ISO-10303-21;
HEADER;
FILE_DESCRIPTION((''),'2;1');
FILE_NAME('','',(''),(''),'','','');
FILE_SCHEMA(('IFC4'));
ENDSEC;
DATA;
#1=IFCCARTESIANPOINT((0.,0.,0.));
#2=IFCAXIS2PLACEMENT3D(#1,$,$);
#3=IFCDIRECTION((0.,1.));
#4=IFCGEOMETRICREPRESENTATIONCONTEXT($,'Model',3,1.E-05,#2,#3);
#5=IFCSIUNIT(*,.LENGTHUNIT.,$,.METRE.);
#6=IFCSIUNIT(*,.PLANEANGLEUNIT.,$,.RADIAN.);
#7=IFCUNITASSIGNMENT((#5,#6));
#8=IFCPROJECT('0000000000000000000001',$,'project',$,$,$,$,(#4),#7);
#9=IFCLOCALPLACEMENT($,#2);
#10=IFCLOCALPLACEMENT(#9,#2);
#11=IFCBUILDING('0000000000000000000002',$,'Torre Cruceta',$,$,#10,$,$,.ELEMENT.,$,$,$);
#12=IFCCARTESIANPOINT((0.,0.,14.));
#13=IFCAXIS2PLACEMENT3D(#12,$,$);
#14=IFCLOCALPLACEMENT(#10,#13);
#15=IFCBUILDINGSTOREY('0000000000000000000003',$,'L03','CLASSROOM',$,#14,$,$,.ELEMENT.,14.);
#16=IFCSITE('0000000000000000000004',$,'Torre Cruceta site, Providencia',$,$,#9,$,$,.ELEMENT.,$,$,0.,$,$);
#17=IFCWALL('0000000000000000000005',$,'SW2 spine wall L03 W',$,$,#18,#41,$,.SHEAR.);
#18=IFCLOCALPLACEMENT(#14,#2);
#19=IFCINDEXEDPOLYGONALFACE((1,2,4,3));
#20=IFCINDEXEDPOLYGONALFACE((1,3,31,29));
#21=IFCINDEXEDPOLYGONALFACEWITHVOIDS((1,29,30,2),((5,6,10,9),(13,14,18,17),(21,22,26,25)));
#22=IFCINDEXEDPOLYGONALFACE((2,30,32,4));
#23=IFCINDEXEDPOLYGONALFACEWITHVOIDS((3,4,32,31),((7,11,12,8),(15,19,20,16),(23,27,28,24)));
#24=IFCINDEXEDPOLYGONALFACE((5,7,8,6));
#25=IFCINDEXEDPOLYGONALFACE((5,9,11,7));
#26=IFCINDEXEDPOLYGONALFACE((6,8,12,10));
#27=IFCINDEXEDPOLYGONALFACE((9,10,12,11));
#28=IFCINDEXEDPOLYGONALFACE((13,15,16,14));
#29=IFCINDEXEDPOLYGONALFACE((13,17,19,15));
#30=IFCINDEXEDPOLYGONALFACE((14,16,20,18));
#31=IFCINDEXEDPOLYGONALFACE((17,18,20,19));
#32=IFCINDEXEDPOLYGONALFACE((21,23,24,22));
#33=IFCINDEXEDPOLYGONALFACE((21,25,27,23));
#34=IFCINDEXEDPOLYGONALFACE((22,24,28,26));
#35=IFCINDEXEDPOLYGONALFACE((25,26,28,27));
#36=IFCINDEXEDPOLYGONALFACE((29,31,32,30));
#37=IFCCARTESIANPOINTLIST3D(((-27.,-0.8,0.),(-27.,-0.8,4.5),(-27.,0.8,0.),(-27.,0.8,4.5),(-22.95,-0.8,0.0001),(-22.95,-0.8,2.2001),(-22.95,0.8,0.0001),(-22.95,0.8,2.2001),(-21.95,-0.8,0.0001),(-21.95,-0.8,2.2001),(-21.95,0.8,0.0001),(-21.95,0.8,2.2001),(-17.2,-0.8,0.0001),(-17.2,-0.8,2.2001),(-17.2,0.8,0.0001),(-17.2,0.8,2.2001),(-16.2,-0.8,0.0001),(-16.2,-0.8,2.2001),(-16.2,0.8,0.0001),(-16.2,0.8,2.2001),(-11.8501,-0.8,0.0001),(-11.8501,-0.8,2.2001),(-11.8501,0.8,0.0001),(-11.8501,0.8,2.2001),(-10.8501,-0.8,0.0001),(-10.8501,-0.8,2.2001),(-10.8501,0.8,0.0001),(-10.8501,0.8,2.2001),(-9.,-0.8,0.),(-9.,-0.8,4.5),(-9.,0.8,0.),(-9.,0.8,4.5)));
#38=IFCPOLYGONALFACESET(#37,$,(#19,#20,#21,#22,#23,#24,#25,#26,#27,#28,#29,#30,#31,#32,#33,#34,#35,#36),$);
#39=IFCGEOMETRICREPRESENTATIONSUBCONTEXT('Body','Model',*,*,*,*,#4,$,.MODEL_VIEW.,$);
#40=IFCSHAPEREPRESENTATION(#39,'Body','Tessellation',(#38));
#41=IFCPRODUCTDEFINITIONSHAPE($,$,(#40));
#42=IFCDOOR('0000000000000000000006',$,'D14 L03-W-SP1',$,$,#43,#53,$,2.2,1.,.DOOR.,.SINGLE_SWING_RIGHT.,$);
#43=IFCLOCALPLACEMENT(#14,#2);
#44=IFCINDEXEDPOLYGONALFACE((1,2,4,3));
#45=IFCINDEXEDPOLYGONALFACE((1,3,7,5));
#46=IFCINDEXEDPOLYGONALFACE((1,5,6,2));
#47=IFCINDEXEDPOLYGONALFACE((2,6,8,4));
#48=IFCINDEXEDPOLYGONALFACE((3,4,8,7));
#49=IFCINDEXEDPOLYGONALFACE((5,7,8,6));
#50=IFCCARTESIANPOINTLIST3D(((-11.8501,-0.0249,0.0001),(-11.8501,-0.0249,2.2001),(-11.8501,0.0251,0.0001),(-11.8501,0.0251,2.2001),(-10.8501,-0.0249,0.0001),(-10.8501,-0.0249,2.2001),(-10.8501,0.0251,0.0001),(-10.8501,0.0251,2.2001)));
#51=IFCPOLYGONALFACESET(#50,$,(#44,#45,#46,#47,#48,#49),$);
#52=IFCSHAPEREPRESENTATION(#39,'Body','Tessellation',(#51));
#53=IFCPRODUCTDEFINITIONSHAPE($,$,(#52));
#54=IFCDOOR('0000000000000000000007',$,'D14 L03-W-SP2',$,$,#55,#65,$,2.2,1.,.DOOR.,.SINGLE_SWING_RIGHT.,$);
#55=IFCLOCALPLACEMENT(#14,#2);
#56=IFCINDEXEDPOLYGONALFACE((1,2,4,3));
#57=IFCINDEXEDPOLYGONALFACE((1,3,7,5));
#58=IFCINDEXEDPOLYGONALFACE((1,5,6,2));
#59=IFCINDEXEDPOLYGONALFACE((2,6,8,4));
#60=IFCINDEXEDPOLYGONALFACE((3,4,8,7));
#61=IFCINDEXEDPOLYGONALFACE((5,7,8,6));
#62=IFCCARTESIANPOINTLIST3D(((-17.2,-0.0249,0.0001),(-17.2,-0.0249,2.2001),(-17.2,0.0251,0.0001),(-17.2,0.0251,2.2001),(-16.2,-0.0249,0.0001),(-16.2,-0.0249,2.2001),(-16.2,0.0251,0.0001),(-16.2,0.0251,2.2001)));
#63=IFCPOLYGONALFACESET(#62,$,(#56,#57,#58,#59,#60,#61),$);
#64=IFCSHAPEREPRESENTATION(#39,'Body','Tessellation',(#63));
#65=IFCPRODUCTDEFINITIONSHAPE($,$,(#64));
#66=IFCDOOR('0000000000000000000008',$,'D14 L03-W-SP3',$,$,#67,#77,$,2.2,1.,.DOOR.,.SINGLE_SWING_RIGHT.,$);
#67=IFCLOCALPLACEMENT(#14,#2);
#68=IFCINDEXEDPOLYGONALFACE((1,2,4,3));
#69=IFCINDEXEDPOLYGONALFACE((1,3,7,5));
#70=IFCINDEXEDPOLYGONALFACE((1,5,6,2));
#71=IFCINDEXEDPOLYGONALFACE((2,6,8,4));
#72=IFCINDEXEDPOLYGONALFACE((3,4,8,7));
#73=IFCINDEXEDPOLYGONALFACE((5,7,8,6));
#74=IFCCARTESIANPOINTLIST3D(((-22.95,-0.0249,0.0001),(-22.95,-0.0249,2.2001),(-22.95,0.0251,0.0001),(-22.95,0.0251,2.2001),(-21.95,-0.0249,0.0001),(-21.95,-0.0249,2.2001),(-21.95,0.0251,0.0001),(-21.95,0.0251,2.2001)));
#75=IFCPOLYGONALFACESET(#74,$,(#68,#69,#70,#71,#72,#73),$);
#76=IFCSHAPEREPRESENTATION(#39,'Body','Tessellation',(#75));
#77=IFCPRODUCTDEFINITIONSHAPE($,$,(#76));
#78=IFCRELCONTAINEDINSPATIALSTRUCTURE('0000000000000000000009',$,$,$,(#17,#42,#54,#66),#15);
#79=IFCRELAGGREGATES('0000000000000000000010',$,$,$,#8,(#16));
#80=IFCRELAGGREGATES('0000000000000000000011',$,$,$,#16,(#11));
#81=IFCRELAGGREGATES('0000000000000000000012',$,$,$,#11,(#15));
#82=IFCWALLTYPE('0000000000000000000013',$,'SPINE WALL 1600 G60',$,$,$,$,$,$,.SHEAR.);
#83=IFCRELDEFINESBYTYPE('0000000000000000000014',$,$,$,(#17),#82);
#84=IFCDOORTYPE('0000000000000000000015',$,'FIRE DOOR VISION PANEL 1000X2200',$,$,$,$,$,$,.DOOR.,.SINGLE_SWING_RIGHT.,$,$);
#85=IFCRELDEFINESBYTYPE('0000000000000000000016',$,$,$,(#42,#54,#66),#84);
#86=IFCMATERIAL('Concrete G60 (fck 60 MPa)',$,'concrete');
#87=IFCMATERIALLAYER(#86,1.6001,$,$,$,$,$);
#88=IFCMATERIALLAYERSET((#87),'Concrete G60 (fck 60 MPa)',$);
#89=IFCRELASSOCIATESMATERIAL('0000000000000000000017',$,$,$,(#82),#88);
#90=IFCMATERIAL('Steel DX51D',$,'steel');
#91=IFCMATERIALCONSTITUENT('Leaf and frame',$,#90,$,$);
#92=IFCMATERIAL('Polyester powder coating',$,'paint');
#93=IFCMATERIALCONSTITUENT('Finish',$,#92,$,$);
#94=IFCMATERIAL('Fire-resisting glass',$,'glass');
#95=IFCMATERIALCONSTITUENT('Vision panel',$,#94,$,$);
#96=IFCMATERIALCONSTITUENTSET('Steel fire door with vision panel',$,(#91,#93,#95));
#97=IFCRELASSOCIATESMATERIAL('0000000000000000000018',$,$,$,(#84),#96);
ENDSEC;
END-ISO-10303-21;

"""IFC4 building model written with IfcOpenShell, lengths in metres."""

from ifc_helpers import new_model, si_unit, direction, frame, frame_2d, origin, place, context, subcontext, project, spatial, rectangle, extrude, material, layer, layer_set, constituent, constituent_set, type_object, element, fill, save


model = new_model("IFC4")

# Units and contexts
model_context = context("Model", 3, precision=1e-05, world=origin(), true_north=direction((0.0, 1.0)))
body_context = subcontext(model_context, "Body", "Model", "MODEL_VIEW")
ifc_project = project(units=[si_unit("LENGTHUNIT", "METRE"), si_unit("PLANEANGLEUNIT", "RADIAN")], contexts=[model_context])

# Site, building, storey
site_placement = place(None, origin())
site = spatial("IfcSite", under=ifc_project, at=site_placement, Name="Torre Cruceta site, Providencia", CompositionType="ELEMENT", RefElevation=0.0)
building_placement = place(site_placement, origin())
building = spatial("IfcBuilding", under=site, at=building_placement, Name="Torre Cruceta", CompositionType="ELEMENT")
storey_placement = place(building_placement, frame((0.0, 0.0, 14.0)))
storey = spatial("IfcBuildingStorey", under=building, at=storey_placement, Name="L03", Description="CLASSROOM", CompositionType="ELEMENT", Elevation=14.0)

# Wall, openings, doors
ifc_material_1 = material(Name="Concrete G60 (fck 60 MPa)", Category="concrete")
ifc_layer_1 = layer(ifc_material_1, 1.6001)
ifc_layer_set_1 = layer_set([ifc_layer_1], Name="Concrete G60 (fck 60 MPa)")
wall_type_1 = type_object("IfcWallType", Name="SPINE WALL 1600 G60", PredefinedType="SHEAR", material=ifc_layer_set_1)
wall_1_placement = place(storey_placement, frame((-9.0, 0.0, 0.0), z_axis=(0.0, 0.0, 1.0), x_axis=(-1.0, 0.0, 0.0)))
wall_1 = element("IfcWall", 1, at=wall_1_placement, inside=storey, type_object=wall_type_1, Name="SW2 spine wall L03 W", PredefinedType="SHEAR", context=body_context, shape_type="SweptSolid", body=[
    extrude(rectangle(XDim=18.0, YDim=1.6001, at=frame_2d((9.0, 0.0))), origin(), (0.0, 0.0, 1.0), 4.5),
])
opening_1_placement = place(wall_1_placement, frame((1.8501, 0.0, 0.0)))
opening_1 = element("IfcOpeningElement", 2, at=opening_1_placement, cuts=wall_1, PredefinedType="OPENING", context=body_context, shape_type="SweptSolid", body=[
    extrude(rectangle(XDim=1.0, YDim=2.2, at=frame_2d((0.5, 1.1001))), frame((0.0, 0.8101, 0.0), z_axis=(0.0, -1.0, 0.0), x_axis=(1.0, 0.0, 0.0)), (0.0, 0.0, 1.0), 1.6201),
])
opening_2_placement = place(wall_1_placement, frame((7.2, 0.0, 0.0)))
opening_2 = element("IfcOpeningElement", 3, at=opening_2_placement, cuts=wall_1, PredefinedType="OPENING", context=body_context, shape_type="SweptSolid", body=[
    extrude(rectangle(XDim=1.0, YDim=2.2, at=frame_2d((0.5, 1.1001))), frame((0.0, 0.8101, 0.0), z_axis=(0.0, -1.0, 0.0), x_axis=(1.0, 0.0, 0.0)), (0.0, 0.0, 1.0), 1.6201),
])
opening_3_placement = place(wall_1_placement, frame((12.95, 0.0, 0.0)))
opening_3 = element("IfcOpeningElement", 4, at=opening_3_placement, cuts=wall_1, PredefinedType="OPENING", context=body_context, shape_type="SweptSolid", body=[
    extrude(rectangle(XDim=1.0, YDim=2.2, at=frame_2d((0.5, 1.1001))), frame((0.0, 0.8101, 0.0), z_axis=(0.0, -1.0, 0.0), x_axis=(1.0, 0.0, 0.0)), (0.0, 0.0, 1.0), 1.6201),
])
ifc_material_2 = material(Name="Steel DX51D", Category="steel")
ifc_constituent_1 = constituent(ifc_material_2, Name="Leaf and frame")
ifc_material_3 = material(Name="Polyester powder coating", Category="paint")
ifc_constituent_2 = constituent(ifc_material_3, Name="Finish")
ifc_material_4 = material(Name="Fire-resisting glass", Category="glass")
ifc_constituent_3 = constituent(ifc_material_4, Name="Vision panel")
ifc_constituent_set_1 = constituent_set(constituents=[ifc_constituent_1, ifc_constituent_2, ifc_constituent_3], Name="Steel fire door with vision panel")
door_type_1 = type_object("IfcDoorType", Name="FIRE DOOR VISION PANEL 1000X2200", OperationType="SINGLE_SWING_RIGHT", PredefinedType="DOOR", material=ifc_constituent_set_1)
door_1_placement = place(opening_1_placement, frame((1.0, 0.0, 0.0), z_axis=(0.0, 0.0, 1.0), x_axis=(-1.0, 0.0, 0.0)))
door_1 = element("IfcDoor", 5, at=door_1_placement, inside=storey, type_object=door_type_1, Name="D14 L03-W-SP1", OperationType="SINGLE_SWING_RIGHT", OverallHeight=2.2, OverallWidth=1.0, PredefinedType="DOOR", context=body_context, shape_type="SweptSolid", body=[
    extrude(rectangle(XDim=1.0, YDim=2.2, at=frame_2d((0.5, 1.1001))), frame((0.0, 0.0251, 0.0), z_axis=(0.0, -1.0, 0.0), x_axis=(1.0, 0.0, 0.0)), (0.0, 0.0, 1.0), 0.05),
])
fill(opening_1, door_1)
door_2_placement = place(opening_2_placement, frame((1.0, 0.0, 0.0), z_axis=(0.0, 0.0, 1.0), x_axis=(-1.0, 0.0, 0.0)))
door_2 = element("IfcDoor", 6, at=door_2_placement, inside=storey, type_object=door_type_1, Name="D14 L03-W-SP2", OperationType="SINGLE_SWING_RIGHT", OverallHeight=2.2, OverallWidth=1.0, PredefinedType="DOOR", context=body_context, shape_type="SweptSolid", body=[
    extrude(rectangle(XDim=1.0, YDim=2.2, at=frame_2d((0.5, 1.1001))), frame((0.0, 0.0251, 0.0), z_axis=(0.0, -1.0, 0.0), x_axis=(1.0, 0.0, 0.0)), (0.0, 0.0, 1.0), 0.05),
])
fill(opening_2, door_2)
door_3_placement = place(opening_3_placement, origin())
door_3 = element("IfcDoor", 7, at=door_3_placement, inside=storey, type_object=door_type_1, Name="D14 L03-W-SP3", OperationType="SINGLE_SWING_RIGHT", OverallHeight=2.2, OverallWidth=1.0, PredefinedType="DOOR", context=body_context, shape_type="SweptSolid", body=[
    extrude(rectangle(XDim=1.0, YDim=2.2, at=frame_2d((0.5, 1.1001))), frame((0.0, 0.0249, 0.0), z_axis=(0.0, -1.0, 0.0), x_axis=(1.0, 0.0, 0.0)), (0.0, 0.0, 1.0), 0.05),
])
fill(opening_3, door_3)

save(model, "model.ifc")
